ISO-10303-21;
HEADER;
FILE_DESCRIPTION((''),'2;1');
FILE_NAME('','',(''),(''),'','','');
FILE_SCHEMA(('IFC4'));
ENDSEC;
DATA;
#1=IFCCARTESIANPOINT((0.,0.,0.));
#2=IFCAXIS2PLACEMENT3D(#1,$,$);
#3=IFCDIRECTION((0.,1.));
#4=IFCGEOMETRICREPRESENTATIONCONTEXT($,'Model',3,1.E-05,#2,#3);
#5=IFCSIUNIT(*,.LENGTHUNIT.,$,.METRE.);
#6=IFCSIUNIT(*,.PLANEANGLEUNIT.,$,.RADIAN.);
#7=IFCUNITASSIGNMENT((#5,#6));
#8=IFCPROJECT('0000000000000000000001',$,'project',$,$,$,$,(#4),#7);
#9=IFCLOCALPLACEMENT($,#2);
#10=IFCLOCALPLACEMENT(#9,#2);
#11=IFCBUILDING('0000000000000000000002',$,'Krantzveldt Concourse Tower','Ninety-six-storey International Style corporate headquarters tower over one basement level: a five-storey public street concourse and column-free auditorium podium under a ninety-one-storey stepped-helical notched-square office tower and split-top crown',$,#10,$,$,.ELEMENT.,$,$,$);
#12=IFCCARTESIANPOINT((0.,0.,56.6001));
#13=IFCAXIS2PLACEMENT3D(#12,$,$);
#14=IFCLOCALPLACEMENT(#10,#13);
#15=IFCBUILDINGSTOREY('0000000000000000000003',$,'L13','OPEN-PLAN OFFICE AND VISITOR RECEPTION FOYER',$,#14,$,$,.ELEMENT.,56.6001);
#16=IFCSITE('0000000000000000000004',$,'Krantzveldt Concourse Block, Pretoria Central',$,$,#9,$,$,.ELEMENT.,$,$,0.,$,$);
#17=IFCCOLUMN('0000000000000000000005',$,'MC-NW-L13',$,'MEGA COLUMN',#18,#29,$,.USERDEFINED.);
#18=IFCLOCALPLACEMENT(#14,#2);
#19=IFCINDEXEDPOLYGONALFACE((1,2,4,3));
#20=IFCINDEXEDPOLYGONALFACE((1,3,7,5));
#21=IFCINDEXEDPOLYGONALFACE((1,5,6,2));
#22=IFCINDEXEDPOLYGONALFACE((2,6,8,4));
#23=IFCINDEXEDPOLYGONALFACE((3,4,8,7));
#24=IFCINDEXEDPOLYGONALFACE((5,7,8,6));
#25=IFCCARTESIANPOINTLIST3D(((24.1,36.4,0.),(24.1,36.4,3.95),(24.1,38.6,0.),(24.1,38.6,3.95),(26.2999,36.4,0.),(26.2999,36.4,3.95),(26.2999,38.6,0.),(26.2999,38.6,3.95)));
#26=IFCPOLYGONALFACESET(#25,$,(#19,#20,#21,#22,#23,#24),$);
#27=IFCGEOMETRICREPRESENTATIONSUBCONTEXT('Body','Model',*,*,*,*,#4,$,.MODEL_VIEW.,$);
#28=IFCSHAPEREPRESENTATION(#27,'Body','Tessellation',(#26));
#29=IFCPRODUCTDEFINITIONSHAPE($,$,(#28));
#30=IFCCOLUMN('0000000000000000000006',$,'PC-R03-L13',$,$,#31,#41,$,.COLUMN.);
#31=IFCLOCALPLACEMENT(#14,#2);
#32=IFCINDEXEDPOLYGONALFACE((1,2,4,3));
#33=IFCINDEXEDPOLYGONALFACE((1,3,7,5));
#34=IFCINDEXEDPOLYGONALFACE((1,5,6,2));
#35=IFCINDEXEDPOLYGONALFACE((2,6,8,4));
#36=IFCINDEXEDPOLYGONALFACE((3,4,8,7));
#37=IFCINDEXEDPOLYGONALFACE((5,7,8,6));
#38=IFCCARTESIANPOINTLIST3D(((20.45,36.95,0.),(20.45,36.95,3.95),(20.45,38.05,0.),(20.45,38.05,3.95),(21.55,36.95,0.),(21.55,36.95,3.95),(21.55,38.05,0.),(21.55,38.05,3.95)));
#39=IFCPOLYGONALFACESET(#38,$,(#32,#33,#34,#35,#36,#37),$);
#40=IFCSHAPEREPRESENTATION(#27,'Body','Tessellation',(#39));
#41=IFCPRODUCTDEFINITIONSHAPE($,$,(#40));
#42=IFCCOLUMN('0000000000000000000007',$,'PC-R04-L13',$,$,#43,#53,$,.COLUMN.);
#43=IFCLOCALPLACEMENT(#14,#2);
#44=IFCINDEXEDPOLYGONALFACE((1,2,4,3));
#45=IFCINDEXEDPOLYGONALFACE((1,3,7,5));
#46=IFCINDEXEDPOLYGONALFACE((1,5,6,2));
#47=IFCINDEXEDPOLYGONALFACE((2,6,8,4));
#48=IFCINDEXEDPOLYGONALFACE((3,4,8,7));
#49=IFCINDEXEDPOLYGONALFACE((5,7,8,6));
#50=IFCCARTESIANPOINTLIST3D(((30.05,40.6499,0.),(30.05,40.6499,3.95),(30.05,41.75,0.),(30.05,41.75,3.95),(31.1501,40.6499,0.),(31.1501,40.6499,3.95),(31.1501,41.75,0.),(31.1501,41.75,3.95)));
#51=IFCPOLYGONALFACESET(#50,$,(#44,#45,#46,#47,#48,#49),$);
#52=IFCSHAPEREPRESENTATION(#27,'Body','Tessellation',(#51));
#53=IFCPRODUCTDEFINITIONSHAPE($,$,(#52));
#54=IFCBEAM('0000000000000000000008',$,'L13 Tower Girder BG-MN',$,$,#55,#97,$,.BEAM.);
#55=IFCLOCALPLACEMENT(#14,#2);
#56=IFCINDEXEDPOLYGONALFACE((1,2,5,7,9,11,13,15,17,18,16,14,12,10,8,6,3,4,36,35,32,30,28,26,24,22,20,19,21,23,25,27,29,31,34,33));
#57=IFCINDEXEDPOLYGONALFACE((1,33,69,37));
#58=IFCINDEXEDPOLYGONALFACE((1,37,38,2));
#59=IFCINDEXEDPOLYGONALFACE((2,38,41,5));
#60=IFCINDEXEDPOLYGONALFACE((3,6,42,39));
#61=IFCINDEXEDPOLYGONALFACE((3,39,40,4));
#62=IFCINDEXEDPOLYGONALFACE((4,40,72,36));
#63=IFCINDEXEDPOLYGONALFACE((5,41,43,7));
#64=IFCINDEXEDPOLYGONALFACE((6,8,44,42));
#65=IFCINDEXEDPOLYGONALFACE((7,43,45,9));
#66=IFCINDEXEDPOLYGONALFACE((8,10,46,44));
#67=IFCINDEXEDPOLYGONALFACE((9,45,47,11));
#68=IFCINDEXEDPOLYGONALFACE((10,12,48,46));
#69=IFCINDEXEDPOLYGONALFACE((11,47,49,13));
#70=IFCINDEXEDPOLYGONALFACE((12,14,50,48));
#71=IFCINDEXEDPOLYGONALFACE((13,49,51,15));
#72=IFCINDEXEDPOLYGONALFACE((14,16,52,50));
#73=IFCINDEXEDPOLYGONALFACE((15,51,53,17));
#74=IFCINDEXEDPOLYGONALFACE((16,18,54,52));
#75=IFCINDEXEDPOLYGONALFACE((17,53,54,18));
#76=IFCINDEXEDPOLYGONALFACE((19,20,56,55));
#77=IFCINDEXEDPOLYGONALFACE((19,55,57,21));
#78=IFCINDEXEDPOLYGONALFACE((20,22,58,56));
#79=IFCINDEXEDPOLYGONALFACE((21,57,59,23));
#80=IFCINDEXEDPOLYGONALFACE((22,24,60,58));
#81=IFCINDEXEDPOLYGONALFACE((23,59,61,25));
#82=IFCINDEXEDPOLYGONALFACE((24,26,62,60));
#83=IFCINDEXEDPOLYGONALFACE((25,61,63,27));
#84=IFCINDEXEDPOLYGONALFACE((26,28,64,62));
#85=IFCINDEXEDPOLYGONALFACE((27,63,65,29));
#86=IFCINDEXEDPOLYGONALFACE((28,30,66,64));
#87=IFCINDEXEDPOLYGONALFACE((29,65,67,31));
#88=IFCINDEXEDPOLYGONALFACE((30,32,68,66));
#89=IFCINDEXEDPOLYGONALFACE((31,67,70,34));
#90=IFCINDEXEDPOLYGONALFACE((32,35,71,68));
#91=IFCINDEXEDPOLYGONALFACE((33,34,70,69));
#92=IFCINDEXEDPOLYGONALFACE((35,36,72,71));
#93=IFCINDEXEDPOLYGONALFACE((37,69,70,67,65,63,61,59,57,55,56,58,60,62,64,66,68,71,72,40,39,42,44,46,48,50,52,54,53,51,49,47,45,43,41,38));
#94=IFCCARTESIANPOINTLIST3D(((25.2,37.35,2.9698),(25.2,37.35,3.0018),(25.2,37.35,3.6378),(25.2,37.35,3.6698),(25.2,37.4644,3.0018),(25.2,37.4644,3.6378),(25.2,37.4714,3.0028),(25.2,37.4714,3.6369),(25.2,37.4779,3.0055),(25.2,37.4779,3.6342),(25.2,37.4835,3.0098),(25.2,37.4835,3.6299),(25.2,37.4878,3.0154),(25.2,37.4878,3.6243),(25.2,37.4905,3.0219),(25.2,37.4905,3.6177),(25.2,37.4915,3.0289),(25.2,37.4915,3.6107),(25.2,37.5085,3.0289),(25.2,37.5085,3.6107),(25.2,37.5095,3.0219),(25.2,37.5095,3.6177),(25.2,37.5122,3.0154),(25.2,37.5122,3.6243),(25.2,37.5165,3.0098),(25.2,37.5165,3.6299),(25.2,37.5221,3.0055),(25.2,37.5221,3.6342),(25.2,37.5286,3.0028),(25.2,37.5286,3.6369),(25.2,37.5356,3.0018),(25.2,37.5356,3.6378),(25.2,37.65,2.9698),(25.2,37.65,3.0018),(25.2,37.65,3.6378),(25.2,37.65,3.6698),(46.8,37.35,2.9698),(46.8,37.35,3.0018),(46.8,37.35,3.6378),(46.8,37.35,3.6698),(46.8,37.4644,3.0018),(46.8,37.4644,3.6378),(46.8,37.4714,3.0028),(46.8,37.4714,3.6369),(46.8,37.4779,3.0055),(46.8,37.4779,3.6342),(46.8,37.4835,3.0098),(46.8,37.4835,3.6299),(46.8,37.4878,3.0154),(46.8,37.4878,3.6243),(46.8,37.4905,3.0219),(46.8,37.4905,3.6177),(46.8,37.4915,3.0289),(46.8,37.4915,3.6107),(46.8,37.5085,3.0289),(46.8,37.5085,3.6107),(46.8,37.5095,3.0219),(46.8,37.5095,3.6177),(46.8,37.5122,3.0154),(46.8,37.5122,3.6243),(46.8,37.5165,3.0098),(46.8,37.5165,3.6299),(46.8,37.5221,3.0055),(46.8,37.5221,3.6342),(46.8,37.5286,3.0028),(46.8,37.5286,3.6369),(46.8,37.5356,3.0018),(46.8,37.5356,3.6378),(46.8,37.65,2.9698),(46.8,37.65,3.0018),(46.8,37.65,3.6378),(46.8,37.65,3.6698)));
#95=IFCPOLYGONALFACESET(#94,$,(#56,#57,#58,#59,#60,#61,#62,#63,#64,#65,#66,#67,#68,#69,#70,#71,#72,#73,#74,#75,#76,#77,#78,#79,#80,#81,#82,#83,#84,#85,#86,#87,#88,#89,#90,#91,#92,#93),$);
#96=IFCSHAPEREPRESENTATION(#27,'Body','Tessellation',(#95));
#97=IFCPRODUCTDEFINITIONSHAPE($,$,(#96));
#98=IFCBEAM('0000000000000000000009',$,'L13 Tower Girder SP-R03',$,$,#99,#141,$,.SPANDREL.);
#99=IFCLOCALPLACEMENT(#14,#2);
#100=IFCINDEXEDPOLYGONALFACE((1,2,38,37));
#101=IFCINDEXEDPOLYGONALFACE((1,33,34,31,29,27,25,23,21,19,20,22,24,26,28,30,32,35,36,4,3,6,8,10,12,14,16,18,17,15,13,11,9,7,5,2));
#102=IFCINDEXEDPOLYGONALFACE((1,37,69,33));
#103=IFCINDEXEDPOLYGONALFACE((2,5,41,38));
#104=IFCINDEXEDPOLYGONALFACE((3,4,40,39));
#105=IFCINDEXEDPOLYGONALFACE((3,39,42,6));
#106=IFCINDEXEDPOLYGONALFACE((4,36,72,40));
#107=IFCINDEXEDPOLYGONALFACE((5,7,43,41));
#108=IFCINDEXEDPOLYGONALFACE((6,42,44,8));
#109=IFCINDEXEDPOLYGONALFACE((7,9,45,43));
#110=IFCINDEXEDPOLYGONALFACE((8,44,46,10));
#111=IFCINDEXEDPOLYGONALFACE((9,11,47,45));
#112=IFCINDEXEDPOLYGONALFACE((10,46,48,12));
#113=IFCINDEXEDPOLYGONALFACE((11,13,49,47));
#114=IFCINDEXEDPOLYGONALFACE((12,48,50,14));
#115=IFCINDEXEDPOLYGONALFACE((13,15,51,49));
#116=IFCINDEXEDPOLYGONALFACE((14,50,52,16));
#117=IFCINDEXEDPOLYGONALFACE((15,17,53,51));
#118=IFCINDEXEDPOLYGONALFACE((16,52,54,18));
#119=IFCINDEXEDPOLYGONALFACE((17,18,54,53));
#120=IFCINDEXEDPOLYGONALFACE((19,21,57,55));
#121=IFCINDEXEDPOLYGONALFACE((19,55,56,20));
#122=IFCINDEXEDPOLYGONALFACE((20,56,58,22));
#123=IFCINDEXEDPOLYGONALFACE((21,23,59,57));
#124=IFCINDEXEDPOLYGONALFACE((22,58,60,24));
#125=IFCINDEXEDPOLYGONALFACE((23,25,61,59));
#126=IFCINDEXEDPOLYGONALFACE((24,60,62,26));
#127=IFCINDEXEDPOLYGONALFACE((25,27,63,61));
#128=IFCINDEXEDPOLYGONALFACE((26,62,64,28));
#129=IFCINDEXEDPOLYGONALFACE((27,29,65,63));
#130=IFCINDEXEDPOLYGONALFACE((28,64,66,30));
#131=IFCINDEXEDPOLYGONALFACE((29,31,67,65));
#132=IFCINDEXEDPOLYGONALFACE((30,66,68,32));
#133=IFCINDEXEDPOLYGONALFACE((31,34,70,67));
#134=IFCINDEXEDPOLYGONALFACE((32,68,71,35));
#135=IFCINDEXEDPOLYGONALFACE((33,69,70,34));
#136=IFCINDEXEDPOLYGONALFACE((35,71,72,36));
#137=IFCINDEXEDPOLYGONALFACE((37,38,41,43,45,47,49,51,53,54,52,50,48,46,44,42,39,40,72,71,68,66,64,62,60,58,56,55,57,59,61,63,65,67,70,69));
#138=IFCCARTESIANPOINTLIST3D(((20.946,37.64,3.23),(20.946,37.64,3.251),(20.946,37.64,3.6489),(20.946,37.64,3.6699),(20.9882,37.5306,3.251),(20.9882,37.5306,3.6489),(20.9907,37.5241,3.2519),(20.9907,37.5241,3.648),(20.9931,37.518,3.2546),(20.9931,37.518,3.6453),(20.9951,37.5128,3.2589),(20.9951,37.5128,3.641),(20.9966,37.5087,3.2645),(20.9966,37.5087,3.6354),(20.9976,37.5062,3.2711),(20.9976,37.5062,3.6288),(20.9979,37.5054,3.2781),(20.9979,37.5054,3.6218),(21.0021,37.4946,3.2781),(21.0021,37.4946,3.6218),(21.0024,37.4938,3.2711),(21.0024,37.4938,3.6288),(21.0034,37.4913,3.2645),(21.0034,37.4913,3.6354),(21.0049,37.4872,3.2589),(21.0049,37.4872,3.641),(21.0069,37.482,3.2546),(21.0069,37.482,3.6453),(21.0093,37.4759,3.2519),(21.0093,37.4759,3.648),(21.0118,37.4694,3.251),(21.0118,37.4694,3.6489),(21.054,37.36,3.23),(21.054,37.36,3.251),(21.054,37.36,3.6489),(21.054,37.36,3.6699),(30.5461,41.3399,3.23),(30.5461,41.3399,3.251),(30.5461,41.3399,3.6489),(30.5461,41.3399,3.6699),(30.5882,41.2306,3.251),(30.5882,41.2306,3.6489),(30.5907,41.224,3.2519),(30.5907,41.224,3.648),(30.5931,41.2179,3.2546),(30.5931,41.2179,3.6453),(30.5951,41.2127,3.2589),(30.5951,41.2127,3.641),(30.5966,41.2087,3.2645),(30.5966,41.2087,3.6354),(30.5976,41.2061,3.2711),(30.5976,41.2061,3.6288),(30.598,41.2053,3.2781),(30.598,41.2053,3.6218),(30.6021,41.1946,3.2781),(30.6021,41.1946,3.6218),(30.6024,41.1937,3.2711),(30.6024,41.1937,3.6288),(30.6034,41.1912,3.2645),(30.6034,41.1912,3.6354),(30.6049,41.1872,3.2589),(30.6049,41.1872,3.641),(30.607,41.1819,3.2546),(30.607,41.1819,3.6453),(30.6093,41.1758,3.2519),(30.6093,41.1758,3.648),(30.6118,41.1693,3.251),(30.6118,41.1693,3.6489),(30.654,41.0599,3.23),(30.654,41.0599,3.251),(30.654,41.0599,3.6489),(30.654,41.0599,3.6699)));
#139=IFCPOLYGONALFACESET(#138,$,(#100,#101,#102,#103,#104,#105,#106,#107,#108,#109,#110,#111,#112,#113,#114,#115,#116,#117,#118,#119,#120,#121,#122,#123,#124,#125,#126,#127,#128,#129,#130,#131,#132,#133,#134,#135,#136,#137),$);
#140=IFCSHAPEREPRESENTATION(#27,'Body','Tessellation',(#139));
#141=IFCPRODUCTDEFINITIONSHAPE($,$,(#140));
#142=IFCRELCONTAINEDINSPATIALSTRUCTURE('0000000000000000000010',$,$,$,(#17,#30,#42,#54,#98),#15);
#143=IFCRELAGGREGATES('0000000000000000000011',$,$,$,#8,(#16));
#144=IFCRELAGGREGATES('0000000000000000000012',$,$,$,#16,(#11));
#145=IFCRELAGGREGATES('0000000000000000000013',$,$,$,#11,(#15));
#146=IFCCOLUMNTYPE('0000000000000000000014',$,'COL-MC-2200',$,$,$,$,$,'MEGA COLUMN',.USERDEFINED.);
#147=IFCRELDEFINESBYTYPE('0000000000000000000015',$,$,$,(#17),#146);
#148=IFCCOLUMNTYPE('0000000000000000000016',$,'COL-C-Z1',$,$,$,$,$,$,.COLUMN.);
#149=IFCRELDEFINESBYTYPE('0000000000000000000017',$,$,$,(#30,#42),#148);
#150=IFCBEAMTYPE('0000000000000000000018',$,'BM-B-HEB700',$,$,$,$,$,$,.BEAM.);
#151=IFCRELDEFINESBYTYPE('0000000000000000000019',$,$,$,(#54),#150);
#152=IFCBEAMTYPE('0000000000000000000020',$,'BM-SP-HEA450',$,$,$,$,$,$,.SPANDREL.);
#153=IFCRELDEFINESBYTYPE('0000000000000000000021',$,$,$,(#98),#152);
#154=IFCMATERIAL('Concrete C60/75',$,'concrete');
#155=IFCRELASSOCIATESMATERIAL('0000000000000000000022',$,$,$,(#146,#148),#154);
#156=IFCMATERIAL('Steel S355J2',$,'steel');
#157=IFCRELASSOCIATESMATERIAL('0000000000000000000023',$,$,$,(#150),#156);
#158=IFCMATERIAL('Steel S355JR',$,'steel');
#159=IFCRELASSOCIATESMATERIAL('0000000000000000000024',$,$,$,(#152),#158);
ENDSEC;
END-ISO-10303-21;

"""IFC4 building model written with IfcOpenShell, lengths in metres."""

from ifc_helpers import new_model, si_unit, direction, frame, origin, origin_2d, place, context, subcontext, project, spatial, rectangle, i_section, extrude, source, transform, mapped, material, material_profile, profile_set, type_object, type_shapes, element, save


model = new_model("IFC4")

# Units and contexts
model_context = context("Model", 3, precision=1e-05, world=origin(), true_north=direction((0.0, 1.0)))
body_context = subcontext(model_context, "Body", "Model", "MODEL_VIEW")
ifc_project = project(units=[si_unit("LENGTHUNIT", "METRE"), si_unit("PLANEANGLEUNIT", "RADIAN")], contexts=[model_context])

# Site, building, storey
site_placement = place(None, origin())
site = spatial("IfcSite", under=ifc_project, at=site_placement, Name="Krantzveldt Concourse Block, Pretoria Central", CompositionType="ELEMENT", RefElevation=0.0)
building_placement = place(site_placement, origin())
building = spatial("IfcBuilding", under=site, at=building_placement, Name="Krantzveldt Concourse Tower", Description="Ninety-six-storey International Style corporate headquarters tower over one basement level: a five-storey public street concourse and column-free auditorium podium under a ninety-one-storey stepped-helical notched-square office tower and split-top crown", CompositionType="ELEMENT")
storey_placement = place(building_placement, frame((0.0, 0.0, 56.6001)))
storey = spatial("IfcBuildingStorey", under=building, at=storey_placement, Name="L13", Description="OPEN-PLAN OFFICE AND VISITOR RECEPTION FOYER", CompositionType="ELEMENT", Elevation=56.6001)

# Columns
ifc_material_1 = material(Name="Concrete C60/75", Category="concrete")
ifc_material_profile_1 = material_profile(ifc_material_1, rectangle(XDim=2.2, YDim=2.2, at=origin_2d()), Name="Concrete C60/75", Category="concrete")
ifc_profile_set_1 = profile_set([ifc_material_profile_1], Name="Concrete C60/75 - RC 2200x2200")
column_type_1 = type_object("IfcColumnType", Name="COL-MC-2200", ElementType="MEGA COLUMN", PredefinedType="USERDEFINED", material=ifc_profile_set_1)
shared_shape_1 = source(origin(), body_context, "Body", "SweptSolid", [
    extrude(rectangle(XDim=2.2, YDim=2.2, at=origin_2d()), origin(), (0.0, 0.0, 1.0), 3.95),
])
type_shapes(column_type_1, [shared_shape_1])
column_placement = place(storey_placement, frame((25.2, 37.5, 0.0), z_axis=(0.0, 0.0, 1.0), x_axis=(1.0, 0.0, 0.0)))
element("IfcColumn", 1, at=column_placement, inside=storey, type_object=column_type_1, Name="MC-NW-L13", ObjectType="MEGA COLUMN", PredefinedType="USERDEFINED", context=body_context, shape_type="MappedRepresentation", body=[
    mapped(shared_shape_1, transform((0.0, 0.0, 0.0), x_axis=(1.0, 0.0, 0.0), y_axis=(0.0, 1.0, 0.0), z_axis=(0.0, 0.0, 1.0), scale=1.0)),
])
ifc_material_profile_2 = material_profile(ifc_material_1, rectangle(XDim=1.1001, YDim=1.1001, at=origin_2d()), Name="Concrete C60/75", Category="concrete")
ifc_profile_set_2 = profile_set([ifc_material_profile_2], Name="Concrete C60/75 - RC 1100x1100")
column_type_2 = type_object("IfcColumnType", Name="COL-C-Z1", PredefinedType="COLUMN", material=ifc_profile_set_2)
shared_shape_2 = source(origin(), body_context, "Body", "SweptSolid", [
    extrude(rectangle(XDim=1.1001, YDim=1.1001, at=origin_2d()), origin(), (0.0, 0.0, 1.0), 3.95),
])
type_shapes(column_type_2, [shared_shape_2])
for number, where, z_axis, x_axis, name in (
    (2, (21.0, 37.5, 0.0), (0.0, 0.0, 1.0), (1.0, 0.0, 0.0), "PC-R03-L13"),
    (3, (30.6001, 41.2, 0.0), (0.0, 0.0, 1.0), (1.0, 0.0, 0.0), "PC-R04-L13"),
):
    element("IfcColumn", number, at=place(storey_placement, frame(where, z_axis=z_axis, x_axis=x_axis)), inside=storey, type_object=column_type_2, Name=name, PredefinedType="COLUMN", context=body_context, shape_type="MappedRepresentation", body=[
        mapped(shared_shape_2, transform((0.0, 0.0, 0.0), x_axis=(1.0, 0.0, 0.0), y_axis=(0.0, 1.0, 0.0), z_axis=(0.0, 0.0, 1.0), scale=1.0)),
    ])

# Beams
ifc_material_2 = material(Name="Steel S355J2", Category="steel")
ifc_material_profile_3 = material_profile(ifc_material_2, i_section(OverallWidth=0.3, OverallDepth=0.7, WebThickness=0.0171, FlangeThickness=0.032, FilletRadius=0.0271, at=origin_2d()), Name="Steel S355J2", Category="steel")
ifc_profile_set_3 = profile_set([ifc_material_profile_3], Name="Steel S355J2 - HEB 700")
beam_type_1 = type_object("IfcBeamType", Name="BM-B-HEB700", PredefinedType="BEAM", material=ifc_profile_set_3)
shared_shape_3 = source(origin(), body_context, "Body", "SweptSolid", [
    extrude(i_section(OverallWidth=0.3, OverallDepth=0.7, WebThickness=0.0171, FlangeThickness=0.032, FilletRadius=0.0271, at=origin_2d()), origin(), (0.0, 0.0, 1.0), 21.6001),
])
type_shapes(beam_type_1, [shared_shape_3])
beam_1_placement = place(storey_placement, frame((25.2, 37.5, 3.3198), z_axis=(1.0, 0.0, 0.0), x_axis=(0.0, 1.0, 0.0)))
element("IfcBeam", 4, at=beam_1_placement, inside=storey, type_object=beam_type_1, Name="L13 Tower Girder BG-MN", PredefinedType="BEAM", context=body_context, shape_type="MappedRepresentation", body=[
    mapped(shared_shape_3, transform((0.0, 0.0, 0.0), x_axis=(1.0, 0.0, 0.0), y_axis=(0.0, 1.0, 0.0), z_axis=(0.0, 0.0, 1.0), scale=1.0)),
])
ifc_material_3 = material(Name="Steel S355JR", Category="steel")
ifc_material_profile_4 = material_profile(ifc_material_3, i_section(OverallWidth=0.3, OverallDepth=0.4399, WebThickness=0.0115, FlangeThickness=0.021, FilletRadius=0.0271, at=origin_2d()), Name="Steel S355JR", Category="steel")
ifc_profile_set_4 = profile_set([ifc_material_profile_4], Name="Steel S355JR - HEA 450")
beam_type_2 = type_object("IfcBeamType", Name="BM-SP-HEA450", PredefinedType="SPANDREL", material=ifc_profile_set_4)
shared_shape_4 = source(origin(), body_context, "Body", "SweptSolid", [
    extrude(i_section(OverallWidth=0.3, OverallDepth=0.4399, WebThickness=0.0115, FlangeThickness=0.021, FilletRadius=0.0271, at=origin_2d()), origin(), (0.0, 0.0, 1.0), 10.2883),
])
beam_2_placement = place(storey_placement, frame((21.0, 37.5, 3.45), z_axis=(0.933098, 0.359623, 0.0), x_axis=(-0.359623, 0.933098, 0.0)))
element("IfcBeam", 5, at=beam_2_placement, inside=storey, type_object=beam_type_2, Name="L13 Tower Girder SP-R03", PredefinedType="SPANDREL", context=body_context, shape_type="MappedRepresentation", body=[
    mapped(shared_shape_4, transform((0.0, 0.0, 0.0), x_axis=(1.0, 0.0, 0.0), y_axis=(0.0, 1.0, 0.0), z_axis=(0.0, 0.0, 1.0), scale=1.0)),
])

save(model, "model.ifc")
